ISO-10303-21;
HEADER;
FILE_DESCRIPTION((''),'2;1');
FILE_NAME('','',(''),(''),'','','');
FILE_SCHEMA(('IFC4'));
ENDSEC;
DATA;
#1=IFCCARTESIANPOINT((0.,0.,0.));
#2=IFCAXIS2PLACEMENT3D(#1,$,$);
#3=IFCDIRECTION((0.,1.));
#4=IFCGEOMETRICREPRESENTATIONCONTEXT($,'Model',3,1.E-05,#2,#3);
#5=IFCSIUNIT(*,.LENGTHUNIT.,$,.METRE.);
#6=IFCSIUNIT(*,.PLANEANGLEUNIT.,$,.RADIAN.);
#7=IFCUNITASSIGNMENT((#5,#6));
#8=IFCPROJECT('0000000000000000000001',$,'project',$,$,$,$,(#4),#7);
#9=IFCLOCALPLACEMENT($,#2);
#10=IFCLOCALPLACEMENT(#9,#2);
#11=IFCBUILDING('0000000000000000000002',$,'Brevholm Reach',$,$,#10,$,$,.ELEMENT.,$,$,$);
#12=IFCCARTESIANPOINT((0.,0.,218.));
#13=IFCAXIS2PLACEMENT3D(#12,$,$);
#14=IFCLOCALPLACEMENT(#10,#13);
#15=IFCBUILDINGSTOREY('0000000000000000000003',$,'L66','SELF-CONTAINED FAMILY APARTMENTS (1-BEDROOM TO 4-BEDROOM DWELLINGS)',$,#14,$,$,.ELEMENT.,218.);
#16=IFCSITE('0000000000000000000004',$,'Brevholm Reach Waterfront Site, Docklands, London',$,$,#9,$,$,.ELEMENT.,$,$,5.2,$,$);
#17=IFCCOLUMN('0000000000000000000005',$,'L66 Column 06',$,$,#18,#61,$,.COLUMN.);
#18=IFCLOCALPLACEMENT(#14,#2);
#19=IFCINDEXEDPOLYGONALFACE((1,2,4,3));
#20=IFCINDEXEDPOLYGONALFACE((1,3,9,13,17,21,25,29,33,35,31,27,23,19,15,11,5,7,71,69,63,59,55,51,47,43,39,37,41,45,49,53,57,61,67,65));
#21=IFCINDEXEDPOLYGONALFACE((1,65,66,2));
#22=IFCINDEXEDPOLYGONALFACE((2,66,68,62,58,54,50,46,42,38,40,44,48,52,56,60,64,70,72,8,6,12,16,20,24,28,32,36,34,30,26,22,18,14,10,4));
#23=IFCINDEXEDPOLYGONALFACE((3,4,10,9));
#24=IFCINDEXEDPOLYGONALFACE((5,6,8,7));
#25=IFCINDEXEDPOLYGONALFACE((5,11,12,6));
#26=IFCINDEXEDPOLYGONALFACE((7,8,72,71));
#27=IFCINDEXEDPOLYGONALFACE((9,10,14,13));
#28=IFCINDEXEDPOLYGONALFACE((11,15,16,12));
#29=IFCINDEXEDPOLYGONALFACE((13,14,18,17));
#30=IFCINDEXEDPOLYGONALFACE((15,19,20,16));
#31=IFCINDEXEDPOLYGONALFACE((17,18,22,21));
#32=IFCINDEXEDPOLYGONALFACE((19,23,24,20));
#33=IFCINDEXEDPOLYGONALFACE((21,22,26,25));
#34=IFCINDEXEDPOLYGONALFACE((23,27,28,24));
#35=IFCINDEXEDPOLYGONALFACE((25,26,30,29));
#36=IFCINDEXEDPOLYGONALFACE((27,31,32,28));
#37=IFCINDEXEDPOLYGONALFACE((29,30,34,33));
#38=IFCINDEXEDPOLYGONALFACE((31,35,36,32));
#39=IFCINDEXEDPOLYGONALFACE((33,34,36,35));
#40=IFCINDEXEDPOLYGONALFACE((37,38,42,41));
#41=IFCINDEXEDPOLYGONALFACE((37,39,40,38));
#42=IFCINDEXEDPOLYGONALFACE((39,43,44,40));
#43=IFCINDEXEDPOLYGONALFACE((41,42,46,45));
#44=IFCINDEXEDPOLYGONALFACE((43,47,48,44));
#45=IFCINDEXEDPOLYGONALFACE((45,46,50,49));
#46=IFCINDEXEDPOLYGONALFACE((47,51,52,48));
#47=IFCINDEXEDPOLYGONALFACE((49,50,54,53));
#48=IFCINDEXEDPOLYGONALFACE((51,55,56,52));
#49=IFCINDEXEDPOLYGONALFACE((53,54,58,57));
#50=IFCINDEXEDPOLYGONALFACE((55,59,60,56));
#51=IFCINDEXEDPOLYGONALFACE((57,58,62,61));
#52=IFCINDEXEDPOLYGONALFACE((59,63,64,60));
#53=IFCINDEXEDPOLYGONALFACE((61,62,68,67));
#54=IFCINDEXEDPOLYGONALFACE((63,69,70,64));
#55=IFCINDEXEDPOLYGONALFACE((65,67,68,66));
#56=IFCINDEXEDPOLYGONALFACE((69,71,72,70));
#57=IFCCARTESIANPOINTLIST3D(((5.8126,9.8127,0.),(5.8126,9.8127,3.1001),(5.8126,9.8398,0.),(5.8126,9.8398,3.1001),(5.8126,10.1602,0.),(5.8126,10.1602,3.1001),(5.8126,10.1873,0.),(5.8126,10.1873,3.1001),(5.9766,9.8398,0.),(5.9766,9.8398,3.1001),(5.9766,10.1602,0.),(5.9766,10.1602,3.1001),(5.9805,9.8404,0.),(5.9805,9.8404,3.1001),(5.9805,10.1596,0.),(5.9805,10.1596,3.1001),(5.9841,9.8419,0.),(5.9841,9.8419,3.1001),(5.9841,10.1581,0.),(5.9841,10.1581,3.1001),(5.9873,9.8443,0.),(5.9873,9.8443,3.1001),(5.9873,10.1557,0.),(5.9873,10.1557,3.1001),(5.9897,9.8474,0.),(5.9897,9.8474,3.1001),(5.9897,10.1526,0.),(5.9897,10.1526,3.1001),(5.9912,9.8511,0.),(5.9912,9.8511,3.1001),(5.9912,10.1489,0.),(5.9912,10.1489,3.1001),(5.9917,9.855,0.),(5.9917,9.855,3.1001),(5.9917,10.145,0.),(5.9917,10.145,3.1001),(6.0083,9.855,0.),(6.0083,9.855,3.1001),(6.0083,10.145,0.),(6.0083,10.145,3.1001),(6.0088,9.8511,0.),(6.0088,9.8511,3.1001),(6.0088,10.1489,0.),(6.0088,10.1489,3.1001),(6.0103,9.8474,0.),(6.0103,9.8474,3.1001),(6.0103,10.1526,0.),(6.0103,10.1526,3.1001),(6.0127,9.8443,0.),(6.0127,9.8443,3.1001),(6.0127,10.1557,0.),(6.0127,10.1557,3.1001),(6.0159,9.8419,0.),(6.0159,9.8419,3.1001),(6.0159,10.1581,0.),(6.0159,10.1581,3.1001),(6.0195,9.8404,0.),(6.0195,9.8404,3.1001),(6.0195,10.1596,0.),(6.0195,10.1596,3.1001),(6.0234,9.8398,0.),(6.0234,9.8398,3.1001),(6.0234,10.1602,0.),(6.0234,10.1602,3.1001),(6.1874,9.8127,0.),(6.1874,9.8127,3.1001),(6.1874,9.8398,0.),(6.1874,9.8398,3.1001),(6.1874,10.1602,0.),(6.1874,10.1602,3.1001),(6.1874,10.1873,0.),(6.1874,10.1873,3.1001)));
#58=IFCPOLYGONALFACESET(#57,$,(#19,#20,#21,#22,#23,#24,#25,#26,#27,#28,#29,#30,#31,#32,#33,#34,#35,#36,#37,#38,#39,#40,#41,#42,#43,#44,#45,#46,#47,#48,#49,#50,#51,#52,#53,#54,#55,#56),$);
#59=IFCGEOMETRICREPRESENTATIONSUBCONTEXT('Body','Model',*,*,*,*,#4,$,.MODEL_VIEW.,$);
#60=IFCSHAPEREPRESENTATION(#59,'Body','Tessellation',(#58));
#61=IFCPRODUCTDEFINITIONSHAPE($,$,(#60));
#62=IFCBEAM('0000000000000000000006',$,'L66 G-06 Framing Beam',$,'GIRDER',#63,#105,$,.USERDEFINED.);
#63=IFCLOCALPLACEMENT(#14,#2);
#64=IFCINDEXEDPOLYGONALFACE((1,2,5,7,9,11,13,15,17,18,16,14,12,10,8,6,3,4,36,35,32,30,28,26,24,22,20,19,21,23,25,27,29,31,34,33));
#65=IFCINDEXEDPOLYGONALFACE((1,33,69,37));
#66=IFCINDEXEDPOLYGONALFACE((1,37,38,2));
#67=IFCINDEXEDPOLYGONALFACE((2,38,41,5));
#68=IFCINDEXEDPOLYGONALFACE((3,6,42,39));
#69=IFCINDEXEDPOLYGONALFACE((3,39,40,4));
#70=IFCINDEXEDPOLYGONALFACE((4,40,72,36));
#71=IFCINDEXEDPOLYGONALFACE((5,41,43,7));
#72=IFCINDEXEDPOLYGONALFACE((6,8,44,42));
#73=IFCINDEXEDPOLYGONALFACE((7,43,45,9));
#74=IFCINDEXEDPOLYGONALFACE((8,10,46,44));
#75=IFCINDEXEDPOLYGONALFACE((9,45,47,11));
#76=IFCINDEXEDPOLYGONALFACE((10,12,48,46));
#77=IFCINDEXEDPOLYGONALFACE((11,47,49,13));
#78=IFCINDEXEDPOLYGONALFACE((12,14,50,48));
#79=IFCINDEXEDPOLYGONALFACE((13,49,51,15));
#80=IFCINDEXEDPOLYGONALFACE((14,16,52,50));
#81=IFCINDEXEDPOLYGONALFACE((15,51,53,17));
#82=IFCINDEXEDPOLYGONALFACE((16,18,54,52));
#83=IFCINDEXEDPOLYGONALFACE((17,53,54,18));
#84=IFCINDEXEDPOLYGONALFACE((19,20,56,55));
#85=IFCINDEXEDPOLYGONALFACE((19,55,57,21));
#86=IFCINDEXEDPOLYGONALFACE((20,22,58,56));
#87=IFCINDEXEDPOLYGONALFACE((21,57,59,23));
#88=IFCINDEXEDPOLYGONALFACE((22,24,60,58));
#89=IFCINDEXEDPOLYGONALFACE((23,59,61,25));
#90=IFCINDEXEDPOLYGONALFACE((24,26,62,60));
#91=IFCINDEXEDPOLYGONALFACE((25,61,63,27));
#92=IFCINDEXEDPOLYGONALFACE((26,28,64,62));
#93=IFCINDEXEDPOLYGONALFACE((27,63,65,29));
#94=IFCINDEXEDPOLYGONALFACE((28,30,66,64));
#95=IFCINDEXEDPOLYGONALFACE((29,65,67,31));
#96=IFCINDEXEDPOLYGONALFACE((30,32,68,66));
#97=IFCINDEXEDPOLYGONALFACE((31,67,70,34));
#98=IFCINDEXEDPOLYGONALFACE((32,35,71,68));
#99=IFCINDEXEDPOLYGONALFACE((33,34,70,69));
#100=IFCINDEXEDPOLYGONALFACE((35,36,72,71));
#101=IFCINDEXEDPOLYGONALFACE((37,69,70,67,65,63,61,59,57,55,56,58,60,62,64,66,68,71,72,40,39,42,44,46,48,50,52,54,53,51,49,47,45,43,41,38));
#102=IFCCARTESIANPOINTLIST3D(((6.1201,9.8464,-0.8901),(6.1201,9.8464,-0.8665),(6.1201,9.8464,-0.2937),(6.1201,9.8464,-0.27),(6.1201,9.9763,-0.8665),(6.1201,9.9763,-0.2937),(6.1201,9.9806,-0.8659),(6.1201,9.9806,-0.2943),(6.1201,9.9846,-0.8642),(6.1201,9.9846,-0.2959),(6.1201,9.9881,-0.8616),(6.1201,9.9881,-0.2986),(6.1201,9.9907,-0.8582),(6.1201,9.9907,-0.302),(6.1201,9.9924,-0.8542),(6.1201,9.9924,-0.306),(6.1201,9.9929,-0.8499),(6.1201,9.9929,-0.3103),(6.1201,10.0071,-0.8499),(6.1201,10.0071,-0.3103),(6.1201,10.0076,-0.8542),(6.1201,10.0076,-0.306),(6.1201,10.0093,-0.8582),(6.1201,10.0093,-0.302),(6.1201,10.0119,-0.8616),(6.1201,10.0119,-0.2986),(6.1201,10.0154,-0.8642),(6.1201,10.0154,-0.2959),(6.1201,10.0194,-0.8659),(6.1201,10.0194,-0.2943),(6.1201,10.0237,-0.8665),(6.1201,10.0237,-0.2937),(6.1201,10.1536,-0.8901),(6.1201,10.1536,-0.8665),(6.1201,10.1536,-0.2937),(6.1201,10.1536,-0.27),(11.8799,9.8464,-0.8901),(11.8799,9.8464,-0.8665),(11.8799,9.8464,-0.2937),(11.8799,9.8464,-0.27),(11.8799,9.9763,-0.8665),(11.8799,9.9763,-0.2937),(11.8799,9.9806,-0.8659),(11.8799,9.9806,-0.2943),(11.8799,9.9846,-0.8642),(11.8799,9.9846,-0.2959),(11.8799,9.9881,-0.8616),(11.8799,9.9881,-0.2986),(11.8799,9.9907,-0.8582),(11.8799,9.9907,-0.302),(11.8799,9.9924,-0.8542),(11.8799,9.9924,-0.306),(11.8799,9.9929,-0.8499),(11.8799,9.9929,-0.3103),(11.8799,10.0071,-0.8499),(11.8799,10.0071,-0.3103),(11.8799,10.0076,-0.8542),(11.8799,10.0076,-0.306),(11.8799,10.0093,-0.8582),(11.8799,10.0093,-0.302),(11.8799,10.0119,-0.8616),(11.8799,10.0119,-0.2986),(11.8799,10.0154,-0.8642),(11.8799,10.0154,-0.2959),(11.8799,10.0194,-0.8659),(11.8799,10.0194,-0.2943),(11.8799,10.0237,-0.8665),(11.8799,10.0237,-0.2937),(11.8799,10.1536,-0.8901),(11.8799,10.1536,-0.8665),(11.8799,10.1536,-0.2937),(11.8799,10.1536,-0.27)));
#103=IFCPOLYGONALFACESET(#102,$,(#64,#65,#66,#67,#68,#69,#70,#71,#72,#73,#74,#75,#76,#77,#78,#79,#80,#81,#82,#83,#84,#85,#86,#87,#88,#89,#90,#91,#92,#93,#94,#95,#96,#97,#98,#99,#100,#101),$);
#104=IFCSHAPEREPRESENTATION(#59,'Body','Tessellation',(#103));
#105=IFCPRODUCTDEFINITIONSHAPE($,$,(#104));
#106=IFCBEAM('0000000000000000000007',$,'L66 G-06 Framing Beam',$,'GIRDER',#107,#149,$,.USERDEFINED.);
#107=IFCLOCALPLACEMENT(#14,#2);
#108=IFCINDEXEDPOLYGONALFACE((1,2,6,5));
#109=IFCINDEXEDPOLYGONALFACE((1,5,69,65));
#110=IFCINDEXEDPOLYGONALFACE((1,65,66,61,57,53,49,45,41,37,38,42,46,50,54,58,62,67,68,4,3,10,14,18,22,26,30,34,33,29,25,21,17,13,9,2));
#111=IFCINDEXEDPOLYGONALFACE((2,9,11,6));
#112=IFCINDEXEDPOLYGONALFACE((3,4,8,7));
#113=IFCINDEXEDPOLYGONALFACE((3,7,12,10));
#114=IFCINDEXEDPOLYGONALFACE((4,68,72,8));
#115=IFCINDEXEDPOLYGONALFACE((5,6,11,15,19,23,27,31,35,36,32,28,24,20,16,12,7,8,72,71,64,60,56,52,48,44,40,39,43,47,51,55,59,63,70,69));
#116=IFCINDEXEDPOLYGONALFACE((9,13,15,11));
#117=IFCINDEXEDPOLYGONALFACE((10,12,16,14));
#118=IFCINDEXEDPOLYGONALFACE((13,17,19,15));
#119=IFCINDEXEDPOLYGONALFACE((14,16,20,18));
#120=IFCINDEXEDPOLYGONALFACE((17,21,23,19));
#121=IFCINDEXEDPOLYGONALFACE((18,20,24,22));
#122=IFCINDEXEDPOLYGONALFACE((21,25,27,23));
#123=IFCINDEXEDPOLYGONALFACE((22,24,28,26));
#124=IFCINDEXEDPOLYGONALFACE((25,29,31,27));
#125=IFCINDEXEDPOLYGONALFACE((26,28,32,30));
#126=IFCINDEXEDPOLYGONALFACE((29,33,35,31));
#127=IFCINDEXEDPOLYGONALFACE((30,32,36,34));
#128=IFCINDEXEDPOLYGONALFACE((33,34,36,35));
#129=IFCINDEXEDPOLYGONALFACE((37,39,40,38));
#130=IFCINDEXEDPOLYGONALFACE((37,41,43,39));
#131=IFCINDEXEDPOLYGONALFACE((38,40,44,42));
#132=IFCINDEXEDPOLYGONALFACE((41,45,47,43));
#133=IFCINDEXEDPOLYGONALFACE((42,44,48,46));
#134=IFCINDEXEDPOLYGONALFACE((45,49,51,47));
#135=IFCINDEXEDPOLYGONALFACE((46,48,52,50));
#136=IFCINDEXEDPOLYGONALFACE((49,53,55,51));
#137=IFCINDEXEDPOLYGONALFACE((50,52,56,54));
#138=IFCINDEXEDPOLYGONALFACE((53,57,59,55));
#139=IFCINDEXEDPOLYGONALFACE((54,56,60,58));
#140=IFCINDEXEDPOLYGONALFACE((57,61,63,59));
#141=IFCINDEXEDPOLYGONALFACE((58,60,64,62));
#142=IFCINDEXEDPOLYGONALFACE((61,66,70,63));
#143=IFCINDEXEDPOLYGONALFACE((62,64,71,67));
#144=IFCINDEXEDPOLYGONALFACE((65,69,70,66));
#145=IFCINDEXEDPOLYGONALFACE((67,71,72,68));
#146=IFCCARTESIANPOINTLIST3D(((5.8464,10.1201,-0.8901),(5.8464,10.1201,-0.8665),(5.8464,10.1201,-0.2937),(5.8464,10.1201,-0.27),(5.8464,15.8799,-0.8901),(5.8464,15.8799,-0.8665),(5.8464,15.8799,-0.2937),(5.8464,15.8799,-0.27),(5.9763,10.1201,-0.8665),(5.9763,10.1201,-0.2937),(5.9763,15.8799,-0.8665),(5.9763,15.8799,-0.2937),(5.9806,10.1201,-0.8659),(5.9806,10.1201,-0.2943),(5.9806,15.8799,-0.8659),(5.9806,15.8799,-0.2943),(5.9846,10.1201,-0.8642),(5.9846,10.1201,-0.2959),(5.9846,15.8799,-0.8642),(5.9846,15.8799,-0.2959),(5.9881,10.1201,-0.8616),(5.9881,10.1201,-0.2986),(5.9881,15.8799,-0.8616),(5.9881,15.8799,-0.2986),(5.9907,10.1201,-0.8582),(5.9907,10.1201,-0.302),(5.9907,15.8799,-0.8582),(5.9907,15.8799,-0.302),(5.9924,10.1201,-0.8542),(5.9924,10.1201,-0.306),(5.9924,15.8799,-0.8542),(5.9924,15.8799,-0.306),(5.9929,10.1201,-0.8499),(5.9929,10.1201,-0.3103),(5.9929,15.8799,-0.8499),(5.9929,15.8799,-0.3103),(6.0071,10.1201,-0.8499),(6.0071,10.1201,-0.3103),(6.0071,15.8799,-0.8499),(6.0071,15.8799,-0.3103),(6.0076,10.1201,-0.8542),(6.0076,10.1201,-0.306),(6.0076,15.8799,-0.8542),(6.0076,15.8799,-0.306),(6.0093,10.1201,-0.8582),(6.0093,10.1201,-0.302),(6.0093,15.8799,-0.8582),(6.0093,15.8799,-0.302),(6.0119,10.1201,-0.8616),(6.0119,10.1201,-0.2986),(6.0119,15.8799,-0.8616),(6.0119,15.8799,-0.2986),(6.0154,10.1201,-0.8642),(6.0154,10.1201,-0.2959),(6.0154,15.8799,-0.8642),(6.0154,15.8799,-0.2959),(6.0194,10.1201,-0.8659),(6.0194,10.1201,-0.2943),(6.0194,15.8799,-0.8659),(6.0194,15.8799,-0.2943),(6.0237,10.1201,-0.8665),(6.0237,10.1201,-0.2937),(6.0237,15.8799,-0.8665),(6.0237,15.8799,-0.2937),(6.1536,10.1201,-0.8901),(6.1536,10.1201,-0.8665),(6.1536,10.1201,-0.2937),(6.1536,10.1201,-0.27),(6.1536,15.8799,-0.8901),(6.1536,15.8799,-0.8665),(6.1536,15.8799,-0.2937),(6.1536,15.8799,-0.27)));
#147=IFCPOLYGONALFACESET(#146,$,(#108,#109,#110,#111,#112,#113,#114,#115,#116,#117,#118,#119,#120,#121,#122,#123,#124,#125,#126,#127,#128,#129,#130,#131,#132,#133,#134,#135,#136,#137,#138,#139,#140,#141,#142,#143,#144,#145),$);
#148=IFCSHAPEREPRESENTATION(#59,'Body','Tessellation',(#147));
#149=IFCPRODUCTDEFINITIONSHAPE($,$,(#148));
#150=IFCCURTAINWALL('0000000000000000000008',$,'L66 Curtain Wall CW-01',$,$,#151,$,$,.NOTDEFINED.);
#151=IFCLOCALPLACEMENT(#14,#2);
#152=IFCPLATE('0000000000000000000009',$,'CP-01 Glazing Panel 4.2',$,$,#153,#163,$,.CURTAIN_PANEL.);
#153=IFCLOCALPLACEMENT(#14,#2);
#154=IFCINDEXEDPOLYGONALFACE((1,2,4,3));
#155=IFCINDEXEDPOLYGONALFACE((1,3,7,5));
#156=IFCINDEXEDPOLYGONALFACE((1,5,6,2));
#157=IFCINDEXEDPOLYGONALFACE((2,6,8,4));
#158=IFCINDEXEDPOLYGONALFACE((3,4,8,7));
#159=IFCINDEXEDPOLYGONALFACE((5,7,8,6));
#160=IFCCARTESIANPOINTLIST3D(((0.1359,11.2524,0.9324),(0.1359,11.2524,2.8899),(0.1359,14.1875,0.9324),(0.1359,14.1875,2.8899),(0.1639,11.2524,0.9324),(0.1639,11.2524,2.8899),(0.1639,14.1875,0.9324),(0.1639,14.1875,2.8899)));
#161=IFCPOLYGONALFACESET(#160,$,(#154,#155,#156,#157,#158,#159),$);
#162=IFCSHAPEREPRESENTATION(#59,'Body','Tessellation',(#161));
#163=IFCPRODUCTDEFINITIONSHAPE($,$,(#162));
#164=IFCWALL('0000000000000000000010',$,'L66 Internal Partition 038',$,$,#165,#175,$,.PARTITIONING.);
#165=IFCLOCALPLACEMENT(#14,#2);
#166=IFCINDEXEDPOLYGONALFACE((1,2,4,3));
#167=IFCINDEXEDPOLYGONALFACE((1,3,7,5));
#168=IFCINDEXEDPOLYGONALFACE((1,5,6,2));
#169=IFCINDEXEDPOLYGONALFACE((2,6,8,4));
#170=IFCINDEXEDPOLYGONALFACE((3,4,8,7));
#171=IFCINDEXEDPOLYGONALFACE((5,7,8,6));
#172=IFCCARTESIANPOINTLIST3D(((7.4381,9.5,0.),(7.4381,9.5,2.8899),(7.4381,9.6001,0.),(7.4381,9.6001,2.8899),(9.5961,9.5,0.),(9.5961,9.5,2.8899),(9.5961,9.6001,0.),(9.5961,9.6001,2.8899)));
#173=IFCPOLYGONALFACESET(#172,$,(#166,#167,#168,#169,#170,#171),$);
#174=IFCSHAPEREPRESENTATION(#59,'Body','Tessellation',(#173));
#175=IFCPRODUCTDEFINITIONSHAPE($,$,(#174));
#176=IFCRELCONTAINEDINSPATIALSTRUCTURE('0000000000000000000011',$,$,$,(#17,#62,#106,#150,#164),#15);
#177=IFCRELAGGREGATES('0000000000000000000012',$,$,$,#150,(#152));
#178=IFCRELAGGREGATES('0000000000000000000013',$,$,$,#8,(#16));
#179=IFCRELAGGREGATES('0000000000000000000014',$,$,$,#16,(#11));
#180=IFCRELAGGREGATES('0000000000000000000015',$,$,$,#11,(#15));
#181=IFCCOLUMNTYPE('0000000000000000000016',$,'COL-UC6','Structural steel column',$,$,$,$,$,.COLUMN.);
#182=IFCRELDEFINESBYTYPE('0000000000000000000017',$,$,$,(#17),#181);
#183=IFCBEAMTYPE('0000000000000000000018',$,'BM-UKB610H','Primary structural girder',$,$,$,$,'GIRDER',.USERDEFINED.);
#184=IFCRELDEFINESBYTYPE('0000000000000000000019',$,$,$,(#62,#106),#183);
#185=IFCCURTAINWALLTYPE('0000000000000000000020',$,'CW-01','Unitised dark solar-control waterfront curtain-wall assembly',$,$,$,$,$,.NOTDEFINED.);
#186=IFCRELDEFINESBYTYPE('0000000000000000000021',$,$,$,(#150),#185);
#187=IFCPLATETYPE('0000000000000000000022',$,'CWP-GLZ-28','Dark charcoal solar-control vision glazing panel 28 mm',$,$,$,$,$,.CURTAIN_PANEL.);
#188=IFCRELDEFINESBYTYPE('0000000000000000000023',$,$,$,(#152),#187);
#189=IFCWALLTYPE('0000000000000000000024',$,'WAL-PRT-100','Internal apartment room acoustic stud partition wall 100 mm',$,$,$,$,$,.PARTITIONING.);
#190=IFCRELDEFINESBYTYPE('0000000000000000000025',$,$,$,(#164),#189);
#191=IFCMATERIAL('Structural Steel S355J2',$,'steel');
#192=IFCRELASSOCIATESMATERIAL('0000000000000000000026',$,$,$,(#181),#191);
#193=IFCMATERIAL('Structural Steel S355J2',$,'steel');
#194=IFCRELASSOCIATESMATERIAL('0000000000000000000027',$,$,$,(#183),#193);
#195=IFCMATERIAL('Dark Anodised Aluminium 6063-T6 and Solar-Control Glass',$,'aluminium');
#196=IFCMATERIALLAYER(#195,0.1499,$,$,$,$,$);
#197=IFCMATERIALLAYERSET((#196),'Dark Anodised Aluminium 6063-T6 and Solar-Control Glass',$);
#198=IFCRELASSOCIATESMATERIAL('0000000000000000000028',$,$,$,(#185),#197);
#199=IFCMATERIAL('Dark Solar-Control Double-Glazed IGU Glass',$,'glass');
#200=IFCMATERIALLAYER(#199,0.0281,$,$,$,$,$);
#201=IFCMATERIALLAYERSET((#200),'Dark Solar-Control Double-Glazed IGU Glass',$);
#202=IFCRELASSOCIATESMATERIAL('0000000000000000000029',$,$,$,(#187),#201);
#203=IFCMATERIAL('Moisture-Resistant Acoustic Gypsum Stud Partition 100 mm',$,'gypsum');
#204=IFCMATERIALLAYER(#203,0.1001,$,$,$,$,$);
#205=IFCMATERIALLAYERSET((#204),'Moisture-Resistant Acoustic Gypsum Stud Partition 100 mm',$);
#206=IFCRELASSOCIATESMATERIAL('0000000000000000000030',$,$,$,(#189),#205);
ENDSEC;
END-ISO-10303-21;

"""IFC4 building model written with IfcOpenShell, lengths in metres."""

from ifc_helpers import new_model, si_unit, direction, frame, frame_2d, origin, origin_2d, place, context, subcontext, project, spatial, rectangle, i_section, extrude, material, layer, layer_set, material_profile, profile_set, type_object, element, aggregate, save


model = new_model("IFC4")

# Units and contexts
model_context = context("Model", 3, precision=1e-05, world=origin(), true_north=direction((0.0, 1.0)))
body_context = subcontext(model_context, "Body", "Model", "MODEL_VIEW")
ifc_project = project(units=[si_unit("LENGTHUNIT", "METRE"), si_unit("PLANEANGLEUNIT", "RADIAN")], contexts=[model_context])

# Site, building, storey
site_placement = place(None, origin())
site = spatial("IfcSite", under=ifc_project, at=site_placement, Name="Brevholm Reach Waterfront Site, Docklands, London", CompositionType="ELEMENT", RefElevation=5.2)
building_placement = place(site_placement, origin())
building = spatial("IfcBuilding", under=site, at=building_placement, Name="Brevholm Reach", CompositionType="ELEMENT")
storey_placement = place(building_placement, frame((0.0, 0.0, 218.0)))
storey = spatial("IfcBuildingStorey", under=building, at=storey_placement, Name="L66", Description="SELF-CONTAINED FAMILY APARTMENTS (1-BEDROOM TO 4-BEDROOM DWELLINGS)", CompositionType="ELEMENT", Elevation=218.0)

# Column
ifc_material_1 = material(Name="Structural Steel S355J2", Category="steel")
ifc_material_profile_1 = material_profile(ifc_material_1, i_section(OverallWidth=0.3748, OverallDepth=0.3745, WebThickness=0.0166, FlangeThickness=0.0271, FilletRadius=0.0151, at=origin_2d()), Name="UKC 356x368x202")
ifc_profile_set_1 = profile_set([ifc_material_profile_1], Name="Structural Steel S355J2")
column_type = type_object("IfcColumnType", Name="COL-UC6", Description="Structural steel column", PredefinedType="COLUMN", material=ifc_profile_set_1)
column_placement = place(storey_placement, frame((6.0, 10.0, 0.0), z_axis=(0.0, 0.0, 1.0), x_axis=(1.0, 0.0, 0.0)))
element("IfcColumn", 1, at=column_placement, inside=storey, type_object=column_type, Name="L66 Column 06", PredefinedType="COLUMN", context=body_context, shape_type="SweptSolid", body=[
    extrude(i_section(OverallWidth=0.3748, OverallDepth=0.3745, WebThickness=0.0166, FlangeThickness=0.0271, FilletRadius=0.0151, at=origin_2d()), origin(), (0.0, 0.0, 1.0), 3.1001),
])

# Beams
ifc_material_2 = material(Name="Structural Steel S355J2", Category="steel")
ifc_material_profile_2 = material_profile(ifc_material_2, i_section(OverallWidth=0.3071, OverallDepth=0.6201, WebThickness=0.0142, FlangeThickness=0.0237, FilletRadius=0.0166, at=origin_2d()), Name="UKB 610x305x179")
ifc_profile_set_2 = profile_set([ifc_material_profile_2], Name="Structural Steel S355J2")
beam_type = type_object("IfcBeamType", Name="BM-UKB610H", Description="Primary structural girder", ElementType="GIRDER", PredefinedType="USERDEFINED", material=ifc_profile_set_2)
for number, where, z_axis, x_axis, name in (
    (2, (6.1201, 10.0, -0.5801), (1.0, 0.0, 0.0), (0.0, 1.0, 0.0), "L66 G-06 Framing Beam"),
    (3, (6.0, 10.1201, -0.5801), (0.0, 1.0, 0.0), (-1.0, 0.0, 0.0), "L66 G-06 Framing Beam"),
):
    element("IfcBeam", number, at=place(storey_placement, frame(where, z_axis=z_axis, x_axis=x_axis)), inside=storey, type_object=beam_type, Name=name, ObjectType="GIRDER", PredefinedType="USERDEFINED", context=body_context, shape_type="SweptSolid", body=[
        extrude(i_section(OverallWidth=0.3071, OverallDepth=0.6201, WebThickness=0.0142, FlangeThickness=0.0237, FilletRadius=0.0166, at=origin_2d()), origin(), (0.0, 0.0, 1.0), 5.7598),
    ])

# Curtain wall, plate
ifc_material_3 = material(Name="Dark Anodised Aluminium 6063-T6 and Solar-Control Glass", Category="aluminium")
ifc_layer_1 = layer(ifc_material_3, 0.1499)
ifc_layer_set_1 = layer_set([ifc_layer_1], Name="Dark Anodised Aluminium 6063-T6 and Solar-Control Glass")
curtain_wall_type = type_object("IfcCurtainWallType", Name="CW-01", Description="Unitised dark solar-control waterfront curtain-wall assembly", PredefinedType="NOTDEFINED", material=ifc_layer_set_1)
curtain_wall_placement = place(storey_placement, origin())
curtain_wall = element("IfcCurtainWall", 4, at=curtain_wall_placement, inside=storey, type_object=curtain_wall_type, Name="L66 Curtain Wall CW-01", PredefinedType="NOTDEFINED")
ifc_material_4 = material(Name="Dark Solar-Control Double-Glazed IGU Glass", Category="glass")
ifc_layer_2 = layer(ifc_material_4, 0.0281)
ifc_layer_set_2 = layer_set([ifc_layer_2], Name="Dark Solar-Control Double-Glazed IGU Glass")
plate_type = type_object("IfcPlateType", Name="CWP-GLZ-28", Description="Dark charcoal solar-control vision glazing panel 28 mm", PredefinedType="CURTAIN_PANEL", material=ifc_layer_set_2)
plate_placement = place(storey_placement, frame((0.1499, 12.72, 0.9324), z_axis=(0.0, 0.0, 1.0), x_axis=(0.0, -1.0, 0.0)))
plate = element("IfcPlate", 5, at=plate_placement, type_object=plate_type, Name="CP-01 Glazing Panel 4.2", PredefinedType="CURTAIN_PANEL", context=body_context, shape_type="SweptSolid", body=[
    extrude(rectangle(XDim=2.9351, YDim=0.0281, at=origin_2d()), origin(), (0.0, 0.0, 1.0), 1.9575),
])
aggregate(curtain_wall, [plate])

# Wall
ifc_material_5 = material(Name="Moisture-Resistant Acoustic Gypsum Stud Partition 100 mm", Category="gypsum")
ifc_layer_3 = layer(ifc_material_5, 0.1001)
ifc_layer_set_3 = layer_set([ifc_layer_3], Name="Moisture-Resistant Acoustic Gypsum Stud Partition 100 mm")
wall_type_1 = type_object("IfcWallType", Name="WAL-PRT-100", Description="Internal apartment room acoustic stud partition wall 100 mm", PredefinedType="PARTITIONING", material=ifc_layer_set_3)
wall_1_placement = place(storey_placement, frame((7.438, 9.55, 0.0), z_axis=(0.0, 0.0, 1.0), x_axis=(1.0, 0.0, 0.0)))
element("IfcWall", 6, at=wall_1_placement, inside=storey, type_object=wall_type_1, Name="L66 Internal Partition 038", PredefinedType="PARTITIONING", context=body_context, shape_type="SweptSolid", body=[
    extrude(rectangle(XDim=2.158, YDim=0.1001, at=frame_2d((1.0791, 0.0))), origin(), (0.0, 0.0, 1.0), 2.8899),
])

save(model, "model.ifc")
